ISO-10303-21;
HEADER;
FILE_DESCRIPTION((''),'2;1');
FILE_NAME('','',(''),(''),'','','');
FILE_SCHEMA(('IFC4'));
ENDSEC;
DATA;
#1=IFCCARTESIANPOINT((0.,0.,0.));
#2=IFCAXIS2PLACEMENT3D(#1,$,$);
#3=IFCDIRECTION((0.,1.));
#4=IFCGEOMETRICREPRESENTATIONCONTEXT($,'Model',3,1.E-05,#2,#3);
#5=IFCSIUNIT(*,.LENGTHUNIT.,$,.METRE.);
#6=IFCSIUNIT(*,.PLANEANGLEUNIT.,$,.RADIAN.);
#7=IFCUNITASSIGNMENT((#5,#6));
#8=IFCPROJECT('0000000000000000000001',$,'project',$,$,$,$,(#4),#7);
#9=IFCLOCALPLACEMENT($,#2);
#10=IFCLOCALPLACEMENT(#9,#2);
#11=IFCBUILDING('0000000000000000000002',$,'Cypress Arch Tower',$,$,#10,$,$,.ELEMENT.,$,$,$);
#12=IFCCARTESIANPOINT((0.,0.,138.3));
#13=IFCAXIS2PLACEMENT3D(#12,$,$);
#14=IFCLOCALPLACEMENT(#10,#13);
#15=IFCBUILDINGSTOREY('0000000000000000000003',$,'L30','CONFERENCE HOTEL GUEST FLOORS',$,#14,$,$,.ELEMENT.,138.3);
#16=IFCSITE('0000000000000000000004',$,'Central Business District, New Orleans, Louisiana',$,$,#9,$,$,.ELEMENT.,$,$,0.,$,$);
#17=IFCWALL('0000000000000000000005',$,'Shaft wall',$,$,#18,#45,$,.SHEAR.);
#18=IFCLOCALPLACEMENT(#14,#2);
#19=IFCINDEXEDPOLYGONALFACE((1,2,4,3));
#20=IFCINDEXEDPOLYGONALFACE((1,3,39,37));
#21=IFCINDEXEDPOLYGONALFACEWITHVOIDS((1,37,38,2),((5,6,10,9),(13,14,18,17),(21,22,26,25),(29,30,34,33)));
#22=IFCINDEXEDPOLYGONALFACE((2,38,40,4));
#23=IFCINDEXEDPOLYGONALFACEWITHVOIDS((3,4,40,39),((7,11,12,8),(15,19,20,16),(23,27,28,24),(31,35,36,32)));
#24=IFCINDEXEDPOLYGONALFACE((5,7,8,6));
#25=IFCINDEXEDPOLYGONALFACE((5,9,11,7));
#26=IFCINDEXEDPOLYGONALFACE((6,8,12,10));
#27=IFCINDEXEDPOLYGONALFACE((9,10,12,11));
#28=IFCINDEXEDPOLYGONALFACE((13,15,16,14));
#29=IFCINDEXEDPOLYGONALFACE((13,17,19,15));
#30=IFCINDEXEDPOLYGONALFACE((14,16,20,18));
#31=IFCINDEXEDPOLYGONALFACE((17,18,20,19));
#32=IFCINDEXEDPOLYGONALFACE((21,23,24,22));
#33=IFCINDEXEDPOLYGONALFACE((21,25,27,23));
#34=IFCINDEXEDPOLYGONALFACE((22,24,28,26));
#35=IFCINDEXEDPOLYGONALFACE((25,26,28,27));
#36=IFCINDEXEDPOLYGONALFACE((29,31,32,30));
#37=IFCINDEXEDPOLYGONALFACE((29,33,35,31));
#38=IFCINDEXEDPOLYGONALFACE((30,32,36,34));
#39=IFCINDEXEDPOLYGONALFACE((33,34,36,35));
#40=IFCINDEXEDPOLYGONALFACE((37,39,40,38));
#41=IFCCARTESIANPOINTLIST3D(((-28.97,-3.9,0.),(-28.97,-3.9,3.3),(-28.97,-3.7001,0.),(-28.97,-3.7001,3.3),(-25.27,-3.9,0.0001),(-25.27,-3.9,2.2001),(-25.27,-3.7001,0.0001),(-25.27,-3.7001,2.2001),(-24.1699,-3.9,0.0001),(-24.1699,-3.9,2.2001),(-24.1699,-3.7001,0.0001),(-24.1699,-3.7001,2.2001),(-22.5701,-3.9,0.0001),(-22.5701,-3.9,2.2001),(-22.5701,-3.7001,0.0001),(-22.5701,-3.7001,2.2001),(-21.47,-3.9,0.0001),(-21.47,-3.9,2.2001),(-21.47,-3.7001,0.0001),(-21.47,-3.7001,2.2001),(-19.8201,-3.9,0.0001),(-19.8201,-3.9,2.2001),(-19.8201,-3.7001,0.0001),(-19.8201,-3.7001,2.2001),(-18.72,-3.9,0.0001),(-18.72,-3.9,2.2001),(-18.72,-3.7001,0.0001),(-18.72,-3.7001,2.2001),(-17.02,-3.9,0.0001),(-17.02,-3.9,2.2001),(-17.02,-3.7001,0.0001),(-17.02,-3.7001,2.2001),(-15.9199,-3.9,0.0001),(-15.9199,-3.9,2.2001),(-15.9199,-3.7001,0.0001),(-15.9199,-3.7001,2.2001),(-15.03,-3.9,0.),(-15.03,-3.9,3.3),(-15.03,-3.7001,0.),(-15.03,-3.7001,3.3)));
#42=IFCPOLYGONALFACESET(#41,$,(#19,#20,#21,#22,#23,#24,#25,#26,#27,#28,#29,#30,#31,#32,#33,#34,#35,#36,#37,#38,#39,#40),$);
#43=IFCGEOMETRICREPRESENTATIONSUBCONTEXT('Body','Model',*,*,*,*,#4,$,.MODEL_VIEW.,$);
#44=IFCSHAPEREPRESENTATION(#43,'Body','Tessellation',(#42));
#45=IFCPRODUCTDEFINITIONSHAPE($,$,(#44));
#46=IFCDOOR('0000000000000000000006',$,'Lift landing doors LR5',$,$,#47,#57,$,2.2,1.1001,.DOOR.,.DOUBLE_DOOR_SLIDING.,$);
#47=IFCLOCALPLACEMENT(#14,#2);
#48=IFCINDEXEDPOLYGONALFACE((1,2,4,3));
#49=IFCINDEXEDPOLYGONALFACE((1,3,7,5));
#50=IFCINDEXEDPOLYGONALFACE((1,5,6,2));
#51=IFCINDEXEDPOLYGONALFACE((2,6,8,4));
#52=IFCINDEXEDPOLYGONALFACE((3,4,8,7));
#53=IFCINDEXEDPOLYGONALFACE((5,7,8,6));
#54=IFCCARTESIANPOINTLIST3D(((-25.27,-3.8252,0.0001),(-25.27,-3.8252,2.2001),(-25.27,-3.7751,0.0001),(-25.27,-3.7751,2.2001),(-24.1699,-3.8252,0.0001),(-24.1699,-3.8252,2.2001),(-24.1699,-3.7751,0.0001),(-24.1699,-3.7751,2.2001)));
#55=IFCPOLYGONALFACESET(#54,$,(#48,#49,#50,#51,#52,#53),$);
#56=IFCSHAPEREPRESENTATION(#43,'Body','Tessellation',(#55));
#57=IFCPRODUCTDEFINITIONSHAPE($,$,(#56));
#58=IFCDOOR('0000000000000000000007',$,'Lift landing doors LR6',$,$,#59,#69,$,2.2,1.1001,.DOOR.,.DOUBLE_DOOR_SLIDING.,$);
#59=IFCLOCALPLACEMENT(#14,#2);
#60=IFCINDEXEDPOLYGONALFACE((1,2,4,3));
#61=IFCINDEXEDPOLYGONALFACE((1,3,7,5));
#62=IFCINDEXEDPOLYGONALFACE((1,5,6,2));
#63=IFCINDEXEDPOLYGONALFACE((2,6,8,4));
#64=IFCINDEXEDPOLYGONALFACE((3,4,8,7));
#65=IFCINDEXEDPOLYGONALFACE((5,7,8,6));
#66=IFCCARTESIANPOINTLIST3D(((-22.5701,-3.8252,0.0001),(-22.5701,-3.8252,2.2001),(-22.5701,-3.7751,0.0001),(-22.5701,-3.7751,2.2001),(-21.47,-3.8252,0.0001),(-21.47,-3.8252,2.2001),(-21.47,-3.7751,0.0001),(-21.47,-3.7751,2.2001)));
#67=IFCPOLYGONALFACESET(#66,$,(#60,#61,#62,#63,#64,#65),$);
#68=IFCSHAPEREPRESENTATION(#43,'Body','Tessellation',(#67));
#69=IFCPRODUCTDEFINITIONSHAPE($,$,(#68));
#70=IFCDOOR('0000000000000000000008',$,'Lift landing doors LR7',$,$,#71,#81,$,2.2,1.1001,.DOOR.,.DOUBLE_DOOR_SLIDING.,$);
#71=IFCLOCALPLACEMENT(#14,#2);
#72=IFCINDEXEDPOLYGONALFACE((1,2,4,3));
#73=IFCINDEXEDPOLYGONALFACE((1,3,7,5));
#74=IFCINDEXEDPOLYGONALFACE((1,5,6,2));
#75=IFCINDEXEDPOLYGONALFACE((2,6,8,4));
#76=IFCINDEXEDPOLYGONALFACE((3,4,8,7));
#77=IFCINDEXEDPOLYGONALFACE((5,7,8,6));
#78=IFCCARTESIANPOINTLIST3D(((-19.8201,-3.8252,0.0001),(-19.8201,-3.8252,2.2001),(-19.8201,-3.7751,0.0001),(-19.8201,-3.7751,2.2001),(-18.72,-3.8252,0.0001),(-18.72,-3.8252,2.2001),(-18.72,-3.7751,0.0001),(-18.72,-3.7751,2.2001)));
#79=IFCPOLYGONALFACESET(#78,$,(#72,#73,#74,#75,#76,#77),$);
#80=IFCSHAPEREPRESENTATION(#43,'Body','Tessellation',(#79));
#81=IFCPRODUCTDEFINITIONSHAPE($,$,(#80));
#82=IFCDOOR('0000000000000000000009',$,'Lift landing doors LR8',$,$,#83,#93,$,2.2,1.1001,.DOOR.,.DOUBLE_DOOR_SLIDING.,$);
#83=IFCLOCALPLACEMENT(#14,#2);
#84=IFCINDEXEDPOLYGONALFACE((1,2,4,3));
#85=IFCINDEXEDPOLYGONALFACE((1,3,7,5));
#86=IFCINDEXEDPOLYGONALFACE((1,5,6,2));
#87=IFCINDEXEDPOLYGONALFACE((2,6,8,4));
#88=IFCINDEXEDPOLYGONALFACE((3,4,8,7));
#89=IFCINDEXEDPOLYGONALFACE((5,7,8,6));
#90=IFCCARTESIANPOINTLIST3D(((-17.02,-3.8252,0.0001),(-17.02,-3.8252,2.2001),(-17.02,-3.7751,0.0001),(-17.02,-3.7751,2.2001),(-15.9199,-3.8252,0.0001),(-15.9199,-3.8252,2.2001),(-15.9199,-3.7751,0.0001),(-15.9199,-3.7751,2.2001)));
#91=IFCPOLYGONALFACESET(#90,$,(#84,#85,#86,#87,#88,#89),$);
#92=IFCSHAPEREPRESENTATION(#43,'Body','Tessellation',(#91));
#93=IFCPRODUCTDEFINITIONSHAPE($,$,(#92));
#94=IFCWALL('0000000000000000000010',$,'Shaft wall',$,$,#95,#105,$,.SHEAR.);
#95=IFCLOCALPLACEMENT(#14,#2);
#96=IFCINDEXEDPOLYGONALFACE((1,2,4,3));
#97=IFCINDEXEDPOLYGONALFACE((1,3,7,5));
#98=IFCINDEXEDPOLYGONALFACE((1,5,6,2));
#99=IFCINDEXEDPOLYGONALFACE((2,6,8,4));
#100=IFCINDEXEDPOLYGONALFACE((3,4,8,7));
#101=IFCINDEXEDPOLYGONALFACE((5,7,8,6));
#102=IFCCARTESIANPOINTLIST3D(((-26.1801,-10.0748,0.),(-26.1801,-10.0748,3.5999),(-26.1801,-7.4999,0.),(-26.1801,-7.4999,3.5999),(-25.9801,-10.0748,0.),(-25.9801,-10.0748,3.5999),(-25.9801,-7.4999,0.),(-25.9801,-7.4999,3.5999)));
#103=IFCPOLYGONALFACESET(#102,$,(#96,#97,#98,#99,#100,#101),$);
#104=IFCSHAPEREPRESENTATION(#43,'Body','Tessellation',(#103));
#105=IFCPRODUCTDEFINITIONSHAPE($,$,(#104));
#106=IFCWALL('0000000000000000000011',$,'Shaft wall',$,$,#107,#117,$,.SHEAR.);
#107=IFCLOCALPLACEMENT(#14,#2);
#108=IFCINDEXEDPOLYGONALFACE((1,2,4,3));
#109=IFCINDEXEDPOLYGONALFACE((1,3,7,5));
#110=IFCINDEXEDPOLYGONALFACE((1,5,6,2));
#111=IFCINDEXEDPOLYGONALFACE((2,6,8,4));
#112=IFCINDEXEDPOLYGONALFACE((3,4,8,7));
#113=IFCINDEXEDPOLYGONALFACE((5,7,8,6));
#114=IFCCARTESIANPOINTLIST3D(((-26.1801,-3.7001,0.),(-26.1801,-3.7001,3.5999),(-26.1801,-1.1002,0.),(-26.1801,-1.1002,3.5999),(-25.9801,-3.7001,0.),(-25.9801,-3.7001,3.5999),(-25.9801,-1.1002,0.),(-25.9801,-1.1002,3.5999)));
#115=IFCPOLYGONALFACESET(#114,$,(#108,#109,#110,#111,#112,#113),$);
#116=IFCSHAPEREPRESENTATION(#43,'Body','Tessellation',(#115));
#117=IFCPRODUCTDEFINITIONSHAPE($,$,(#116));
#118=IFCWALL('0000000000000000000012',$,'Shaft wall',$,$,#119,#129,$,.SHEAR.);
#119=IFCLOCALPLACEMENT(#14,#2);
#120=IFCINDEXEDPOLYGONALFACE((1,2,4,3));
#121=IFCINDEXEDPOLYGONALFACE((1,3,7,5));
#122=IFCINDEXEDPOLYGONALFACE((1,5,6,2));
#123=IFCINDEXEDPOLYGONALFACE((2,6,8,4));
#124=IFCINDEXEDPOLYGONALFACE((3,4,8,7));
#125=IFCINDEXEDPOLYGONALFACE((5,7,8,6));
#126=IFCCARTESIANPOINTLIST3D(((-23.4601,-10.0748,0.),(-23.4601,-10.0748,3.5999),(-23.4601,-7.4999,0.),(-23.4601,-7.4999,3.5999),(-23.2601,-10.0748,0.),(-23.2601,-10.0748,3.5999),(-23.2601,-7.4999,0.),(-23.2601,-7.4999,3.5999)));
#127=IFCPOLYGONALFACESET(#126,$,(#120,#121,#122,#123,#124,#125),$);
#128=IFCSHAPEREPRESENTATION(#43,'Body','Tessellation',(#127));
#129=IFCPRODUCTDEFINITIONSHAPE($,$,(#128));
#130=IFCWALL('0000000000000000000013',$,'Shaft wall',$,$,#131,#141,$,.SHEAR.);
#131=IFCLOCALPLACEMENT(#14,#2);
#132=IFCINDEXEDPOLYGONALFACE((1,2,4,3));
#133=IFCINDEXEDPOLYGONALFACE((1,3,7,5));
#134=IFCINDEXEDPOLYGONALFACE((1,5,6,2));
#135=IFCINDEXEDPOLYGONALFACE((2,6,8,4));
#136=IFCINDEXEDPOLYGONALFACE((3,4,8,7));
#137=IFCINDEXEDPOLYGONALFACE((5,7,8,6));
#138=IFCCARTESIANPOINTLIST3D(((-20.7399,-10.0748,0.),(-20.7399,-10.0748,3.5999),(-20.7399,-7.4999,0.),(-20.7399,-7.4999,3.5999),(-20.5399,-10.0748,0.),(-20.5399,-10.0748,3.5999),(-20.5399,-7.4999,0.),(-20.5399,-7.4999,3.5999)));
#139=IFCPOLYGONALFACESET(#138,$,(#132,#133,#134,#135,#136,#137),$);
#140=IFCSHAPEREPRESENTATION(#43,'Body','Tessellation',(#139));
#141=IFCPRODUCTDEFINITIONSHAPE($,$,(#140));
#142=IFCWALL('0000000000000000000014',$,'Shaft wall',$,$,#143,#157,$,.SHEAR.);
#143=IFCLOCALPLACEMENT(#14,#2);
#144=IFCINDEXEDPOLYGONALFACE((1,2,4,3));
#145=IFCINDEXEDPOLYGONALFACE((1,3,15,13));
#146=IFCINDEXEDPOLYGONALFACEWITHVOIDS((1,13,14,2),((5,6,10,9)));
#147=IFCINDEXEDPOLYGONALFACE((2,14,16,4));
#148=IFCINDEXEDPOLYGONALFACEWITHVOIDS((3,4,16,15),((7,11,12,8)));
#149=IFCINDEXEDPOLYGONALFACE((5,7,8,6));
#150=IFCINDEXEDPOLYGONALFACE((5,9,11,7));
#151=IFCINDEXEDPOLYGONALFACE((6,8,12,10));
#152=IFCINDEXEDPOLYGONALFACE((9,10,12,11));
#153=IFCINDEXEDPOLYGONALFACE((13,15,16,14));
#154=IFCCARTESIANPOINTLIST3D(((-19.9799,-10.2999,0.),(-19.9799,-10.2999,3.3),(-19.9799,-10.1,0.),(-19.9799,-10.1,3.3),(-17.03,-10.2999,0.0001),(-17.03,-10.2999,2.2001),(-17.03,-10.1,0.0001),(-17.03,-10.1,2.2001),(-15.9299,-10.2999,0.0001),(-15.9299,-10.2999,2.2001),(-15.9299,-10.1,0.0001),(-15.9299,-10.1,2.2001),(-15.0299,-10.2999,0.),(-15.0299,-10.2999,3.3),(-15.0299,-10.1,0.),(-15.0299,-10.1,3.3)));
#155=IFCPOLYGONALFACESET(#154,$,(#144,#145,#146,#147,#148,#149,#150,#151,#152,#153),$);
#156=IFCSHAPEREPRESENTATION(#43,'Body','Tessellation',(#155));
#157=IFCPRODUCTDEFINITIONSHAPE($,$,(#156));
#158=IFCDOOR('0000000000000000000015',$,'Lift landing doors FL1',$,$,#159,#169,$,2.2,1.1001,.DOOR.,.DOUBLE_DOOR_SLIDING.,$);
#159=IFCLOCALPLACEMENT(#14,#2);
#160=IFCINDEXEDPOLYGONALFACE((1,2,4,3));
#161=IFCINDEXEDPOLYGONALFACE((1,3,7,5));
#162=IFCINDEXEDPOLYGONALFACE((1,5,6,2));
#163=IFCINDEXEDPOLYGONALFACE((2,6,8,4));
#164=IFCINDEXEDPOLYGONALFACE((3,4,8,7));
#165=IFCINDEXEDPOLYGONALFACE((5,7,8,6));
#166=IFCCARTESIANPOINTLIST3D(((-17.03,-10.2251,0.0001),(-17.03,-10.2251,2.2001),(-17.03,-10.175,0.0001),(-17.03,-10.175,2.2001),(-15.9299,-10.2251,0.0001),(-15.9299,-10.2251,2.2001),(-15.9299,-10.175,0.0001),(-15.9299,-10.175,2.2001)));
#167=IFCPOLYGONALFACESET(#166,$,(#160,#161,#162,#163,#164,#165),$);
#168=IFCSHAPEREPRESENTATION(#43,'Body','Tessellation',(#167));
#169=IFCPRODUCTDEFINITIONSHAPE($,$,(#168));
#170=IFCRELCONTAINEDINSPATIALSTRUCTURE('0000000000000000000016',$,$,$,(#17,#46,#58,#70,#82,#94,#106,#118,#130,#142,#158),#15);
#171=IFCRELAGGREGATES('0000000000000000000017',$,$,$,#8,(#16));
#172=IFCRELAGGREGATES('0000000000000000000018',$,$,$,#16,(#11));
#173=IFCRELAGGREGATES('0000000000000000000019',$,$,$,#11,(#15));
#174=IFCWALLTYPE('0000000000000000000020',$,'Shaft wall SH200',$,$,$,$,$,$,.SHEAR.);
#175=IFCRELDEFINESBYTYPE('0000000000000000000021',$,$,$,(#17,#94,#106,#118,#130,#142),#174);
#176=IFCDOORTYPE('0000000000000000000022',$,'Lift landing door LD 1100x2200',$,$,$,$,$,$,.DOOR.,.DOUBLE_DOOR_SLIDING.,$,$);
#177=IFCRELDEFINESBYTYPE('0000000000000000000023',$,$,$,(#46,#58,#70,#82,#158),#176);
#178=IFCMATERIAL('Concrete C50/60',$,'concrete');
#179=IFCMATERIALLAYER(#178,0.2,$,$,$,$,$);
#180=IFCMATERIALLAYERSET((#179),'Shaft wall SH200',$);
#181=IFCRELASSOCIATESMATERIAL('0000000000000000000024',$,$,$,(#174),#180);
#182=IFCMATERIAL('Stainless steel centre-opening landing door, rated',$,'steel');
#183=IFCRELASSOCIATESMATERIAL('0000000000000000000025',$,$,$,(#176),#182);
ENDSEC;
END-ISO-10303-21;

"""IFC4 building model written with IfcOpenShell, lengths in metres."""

from ifc_helpers import new_model, si_unit, direction, frame, frame_2d, origin, place, context, subcontext, project, spatial, rectangle, extrude, material, layer, layer_set, type_object, element, fill, save


model = new_model("IFC4")

# Units and contexts
model_context = context("Model", 3, precision=1e-05, world=origin(), true_north=direction((0.0, 1.0)))
body_context = subcontext(model_context, "Body", "Model", "MODEL_VIEW")
ifc_project = project(units=[si_unit("LENGTHUNIT", "METRE"), si_unit("PLANEANGLEUNIT", "RADIAN")], contexts=[model_context])

# Site, building, storey
site_placement = place(None, origin())
site = spatial("IfcSite", under=ifc_project, at=site_placement, Name="Central Business District, New Orleans, Louisiana", CompositionType="ELEMENT", RefElevation=0.0)
building_placement = place(site_placement, origin())
building = spatial("IfcBuilding", under=site, at=building_placement, Name="Cypress Arch Tower", CompositionType="ELEMENT")
storey_placement = place(building_placement, frame((0.0, 0.0, 138.3)))
storey = spatial("IfcBuildingStorey", under=building, at=storey_placement, Name="L30", Description="CONFERENCE HOTEL GUEST FLOORS", CompositionType="ELEMENT", Elevation=138.3)

# Wall, openings, doors
ifc_material_1 = material(Name="Concrete C50/60", Category="concrete")
ifc_layer_1 = layer(ifc_material_1, 0.2)
ifc_layer_set_1 = layer_set([ifc_layer_1], Name="Shaft wall SH200")
wall_type_1 = type_object("IfcWallType", Name="Shaft wall SH200", PredefinedType="SHEAR", material=ifc_layer_set_1)
ifc_material_2 = material(Name="Stainless steel centre-opening landing door, rated", Category="steel")
door_type = type_object("IfcDoorType", Name="Lift landing door LD 1100x2200", OperationType="DOUBLE_DOOR_SLIDING", PredefinedType="DOOR", material=ifc_material_2)
wall_1_placement = place(storey_placement, frame((-28.97, -3.8, 0.0), z_axis=(0.0, 0.0, 1.0), x_axis=(1.0, 0.0, 0.0)))
wall_1 = element("IfcWall", 1, at=wall_1_placement, inside=storey, type_object=wall_type_1, Name="Shaft wall", PredefinedType="SHEAR", context=body_context, shape_type="SweptSolid", body=[
    extrude(rectangle(XDim=13.9399, YDim=0.2, at=frame_2d((6.97, 0.0))), origin(), (0.0, 0.0, 1.0), 3.3),
])
opening_1_placement = place(wall_1_placement, frame((3.7, 0.0, 0.0)))
opening_1 = element("IfcOpeningElement", 2, at=opening_1_placement, cuts=wall_1, PredefinedType="OPENING", context=body_context, shape_type="SweptSolid", body=[
    extrude(rectangle(XDim=1.1001, YDim=2.2, at=frame_2d((0.55, 1.1001))), frame((0.0, 0.1099, 0.0), z_axis=(0.0, -1.0, 0.0), x_axis=(1.0, 0.0, 0.0)), (0.0, 0.0, 1.0), 0.22),
])
opening_2_placement = place(wall_1_placement, frame((6.3999, 0.0, 0.0)))
opening_2 = element("IfcOpeningElement", 3, at=opening_2_placement, cuts=wall_1, PredefinedType="OPENING", context=body_context, shape_type="SweptSolid", body=[
    extrude(rectangle(XDim=1.1001, YDim=2.2, at=frame_2d((0.55, 1.1001))), frame((0.0, 0.1099, 0.0), z_axis=(0.0, -1.0, 0.0), x_axis=(1.0, 0.0, 0.0)), (0.0, 0.0, 1.0), 0.22),
])
opening_3_placement = place(wall_1_placement, frame((9.1499, 0.0, 0.0)))
opening_3 = element("IfcOpeningElement", 4, at=opening_3_placement, cuts=wall_1, PredefinedType="OPENING", context=body_context, shape_type="SweptSolid", body=[
    extrude(rectangle(XDim=1.1001, YDim=2.2, at=frame_2d((0.55, 1.1001))), frame((0.0, 0.1099, 0.0), z_axis=(0.0, -1.0, 0.0), x_axis=(1.0, 0.0, 0.0)), (0.0, 0.0, 1.0), 0.22),
])
opening_4_placement = place(wall_1_placement, frame((11.95, 0.0, 0.0)))
opening_4 = element("IfcOpeningElement", 5, at=opening_4_placement, cuts=wall_1, PredefinedType="OPENING", context=body_context, shape_type="SweptSolid", body=[
    extrude(rectangle(XDim=1.1001, YDim=2.2, at=frame_2d((0.55, 1.1001))), frame((0.0, 0.1099, 0.0), z_axis=(0.0, -1.0, 0.0), x_axis=(1.0, 0.0, 0.0)), (0.0, 0.0, 1.0), 0.22),
])
door_1_placement = place(opening_1_placement, origin())
door_1 = element("IfcDoor", 6, at=door_1_placement, inside=storey, type_object=door_type, Name="Lift landing doors LR5", OperationType="DOUBLE_DOOR_SLIDING", OverallHeight=2.2, OverallWidth=1.1001, PredefinedType="DOOR", context=body_context, shape_type="SweptSolid", body=[
    extrude(rectangle(XDim=1.1001, YDim=2.2, at=frame_2d((0.55, 1.1001))), frame((0.0, 0.0249, 0.0), z_axis=(0.0, -1.0, 0.0), x_axis=(1.0, 0.0, 0.0)), (0.0, 0.0, 1.0), 0.05),
])
fill(opening_1, door_1)
door_2_placement = place(opening_2_placement, origin())
door_2 = element("IfcDoor", 7, at=door_2_placement, inside=storey, type_object=door_type, Name="Lift landing doors LR6", OperationType="DOUBLE_DOOR_SLIDING", OverallHeight=2.2, OverallWidth=1.1001, PredefinedType="DOOR", context=body_context, shape_type="SweptSolid", body=[
    extrude(rectangle(XDim=1.1001, YDim=2.2, at=frame_2d((0.55, 1.1001))), frame((0.0, 0.0249, 0.0), z_axis=(0.0, -1.0, 0.0), x_axis=(1.0, 0.0, 0.0)), (0.0, 0.0, 1.0), 0.05),
])
fill(opening_2, door_2)
door_3_placement = place(opening_3_placement, origin())
door_3 = element("IfcDoor", 8, at=door_3_placement, inside=storey, type_object=door_type, Name="Lift landing doors LR7", OperationType="DOUBLE_DOOR_SLIDING", OverallHeight=2.2, OverallWidth=1.1001, PredefinedType="DOOR", context=body_context, shape_type="SweptSolid", body=[
    extrude(rectangle(XDim=1.1001, YDim=2.2, at=frame_2d((0.55, 1.1001))), frame((0.0, 0.0249, 0.0), z_axis=(0.0, -1.0, 0.0), x_axis=(1.0, 0.0, 0.0)), (0.0, 0.0, 1.0), 0.05),
])
fill(opening_3, door_3)
door_4_placement = place(opening_4_placement, origin())
door_4 = element("IfcDoor", 9, at=door_4_placement, inside=storey, type_object=door_type, Name="Lift landing doors LR8", OperationType="DOUBLE_DOOR_SLIDING", OverallHeight=2.2, OverallWidth=1.1001, PredefinedType="DOOR", context=body_context, shape_type="SweptSolid", body=[
    extrude(rectangle(XDim=1.1001, YDim=2.2, at=frame_2d((0.55, 1.1001))), frame((0.0, 0.0249, 0.0), z_axis=(0.0, -1.0, 0.0), x_axis=(1.0, 0.0, 0.0)), (0.0, 0.0, 1.0), 0.05),
])
fill(opening_4, door_4)

# Walls
wall_2_placement = place(storey_placement, frame((-26.0801, -10.075, 0.0), z_axis=(0.0, 0.0, 1.0), x_axis=(0.0, 1.0, 0.0)))
element("IfcWall", 10, at=wall_2_placement, inside=storey, type_object=wall_type_1, Name="Shaft wall", PredefinedType="SHEAR", context=body_context, shape_type="SweptSolid", body=[
    extrude(rectangle(XDim=2.575, YDim=0.2, at=frame_2d((1.2876, 0.0))), origin(), (0.0, 0.0, 1.0), 3.5999),
])
wall_3_placement = place(storey_placement, frame((-26.0801, -3.7, 0.0), z_axis=(0.0, 0.0, 1.0), x_axis=(0.0, 1.0, 0.0)))
element("IfcWall", 11, at=wall_3_placement, inside=storey, type_object=wall_type_1, Name="Shaft wall", PredefinedType="SHEAR", context=body_context, shape_type="SweptSolid", body=[
    extrude(rectangle(XDim=2.5999, YDim=0.2, at=frame_2d((1.2998, 0.0))), origin(), (0.0, 0.0, 1.0), 3.5999),
])
for number, where, z_axis, x_axis, name in (
    (12, (-23.3601, -10.075, 0.0), (0.0, 0.0, 1.0), (0.0, 1.0, 0.0), "Shaft wall"),
    (13, (-20.6399, -10.075, 0.0), (0.0, 0.0, 1.0), (0.0, 1.0, 0.0), "Shaft wall"),
):
    element("IfcWall", number, at=place(storey_placement, frame(where, z_axis=z_axis, x_axis=x_axis)), inside=storey, type_object=wall_type_1, Name=name, PredefinedType="SHEAR", context=body_context, shape_type="SweptSolid", body=[
        extrude(rectangle(XDim=2.575, YDim=0.2, at=frame_2d((1.2876, 0.0))), origin(), (0.0, 0.0, 1.0), 3.5999),
    ])

# Wall, opening, door
wall_4_placement = place(storey_placement, frame((-19.98, -10.2, 0.0), z_axis=(0.0, 0.0, 1.0), x_axis=(1.0, 0.0, 0.0)))
wall_4 = element("IfcWall", 14, at=wall_4_placement, inside=storey, type_object=wall_type_1, Name="Shaft wall", PredefinedType="SHEAR", context=body_context, shape_type="SweptSolid", body=[
    extrude(rectangle(XDim=4.95, YDim=0.2, at=frame_2d((2.4751, 0.0))), origin(), (0.0, 0.0, 1.0), 3.3),
])
opening_5_placement = place(wall_4_placement, frame((2.95, 0.0, 0.0)))
opening_5 = element("IfcOpeningElement", 15, at=opening_5_placement, cuts=wall_4, PredefinedType="OPENING", context=body_context, shape_type="SweptSolid", body=[
    extrude(rectangle(XDim=1.1001, YDim=2.2, at=frame_2d((0.55, 1.1001))), frame((0.0, 0.1099, 0.0), z_axis=(0.0, -1.0, 0.0), x_axis=(1.0, 0.0, 0.0)), (0.0, 0.0, 1.0), 0.22),
])
door_5_placement = place(opening_5_placement, origin())
door_5 = element("IfcDoor", 16, at=door_5_placement, inside=storey, type_object=door_type, Name="Lift landing doors FL1", OperationType="DOUBLE_DOOR_SLIDING", OverallHeight=2.2, OverallWidth=1.1001, PredefinedType="DOOR", context=body_context, shape_type="SweptSolid", body=[
    extrude(rectangle(XDim=1.1001, YDim=2.2, at=frame_2d((0.55, 1.1001))), frame((0.0, 0.0249, 0.0), z_axis=(0.0, -1.0, 0.0), x_axis=(1.0, 0.0, 0.0)), (0.0, 0.0, 1.0), 0.05),
])
fill(opening_5, door_5)

save(model, "model.ifc")
